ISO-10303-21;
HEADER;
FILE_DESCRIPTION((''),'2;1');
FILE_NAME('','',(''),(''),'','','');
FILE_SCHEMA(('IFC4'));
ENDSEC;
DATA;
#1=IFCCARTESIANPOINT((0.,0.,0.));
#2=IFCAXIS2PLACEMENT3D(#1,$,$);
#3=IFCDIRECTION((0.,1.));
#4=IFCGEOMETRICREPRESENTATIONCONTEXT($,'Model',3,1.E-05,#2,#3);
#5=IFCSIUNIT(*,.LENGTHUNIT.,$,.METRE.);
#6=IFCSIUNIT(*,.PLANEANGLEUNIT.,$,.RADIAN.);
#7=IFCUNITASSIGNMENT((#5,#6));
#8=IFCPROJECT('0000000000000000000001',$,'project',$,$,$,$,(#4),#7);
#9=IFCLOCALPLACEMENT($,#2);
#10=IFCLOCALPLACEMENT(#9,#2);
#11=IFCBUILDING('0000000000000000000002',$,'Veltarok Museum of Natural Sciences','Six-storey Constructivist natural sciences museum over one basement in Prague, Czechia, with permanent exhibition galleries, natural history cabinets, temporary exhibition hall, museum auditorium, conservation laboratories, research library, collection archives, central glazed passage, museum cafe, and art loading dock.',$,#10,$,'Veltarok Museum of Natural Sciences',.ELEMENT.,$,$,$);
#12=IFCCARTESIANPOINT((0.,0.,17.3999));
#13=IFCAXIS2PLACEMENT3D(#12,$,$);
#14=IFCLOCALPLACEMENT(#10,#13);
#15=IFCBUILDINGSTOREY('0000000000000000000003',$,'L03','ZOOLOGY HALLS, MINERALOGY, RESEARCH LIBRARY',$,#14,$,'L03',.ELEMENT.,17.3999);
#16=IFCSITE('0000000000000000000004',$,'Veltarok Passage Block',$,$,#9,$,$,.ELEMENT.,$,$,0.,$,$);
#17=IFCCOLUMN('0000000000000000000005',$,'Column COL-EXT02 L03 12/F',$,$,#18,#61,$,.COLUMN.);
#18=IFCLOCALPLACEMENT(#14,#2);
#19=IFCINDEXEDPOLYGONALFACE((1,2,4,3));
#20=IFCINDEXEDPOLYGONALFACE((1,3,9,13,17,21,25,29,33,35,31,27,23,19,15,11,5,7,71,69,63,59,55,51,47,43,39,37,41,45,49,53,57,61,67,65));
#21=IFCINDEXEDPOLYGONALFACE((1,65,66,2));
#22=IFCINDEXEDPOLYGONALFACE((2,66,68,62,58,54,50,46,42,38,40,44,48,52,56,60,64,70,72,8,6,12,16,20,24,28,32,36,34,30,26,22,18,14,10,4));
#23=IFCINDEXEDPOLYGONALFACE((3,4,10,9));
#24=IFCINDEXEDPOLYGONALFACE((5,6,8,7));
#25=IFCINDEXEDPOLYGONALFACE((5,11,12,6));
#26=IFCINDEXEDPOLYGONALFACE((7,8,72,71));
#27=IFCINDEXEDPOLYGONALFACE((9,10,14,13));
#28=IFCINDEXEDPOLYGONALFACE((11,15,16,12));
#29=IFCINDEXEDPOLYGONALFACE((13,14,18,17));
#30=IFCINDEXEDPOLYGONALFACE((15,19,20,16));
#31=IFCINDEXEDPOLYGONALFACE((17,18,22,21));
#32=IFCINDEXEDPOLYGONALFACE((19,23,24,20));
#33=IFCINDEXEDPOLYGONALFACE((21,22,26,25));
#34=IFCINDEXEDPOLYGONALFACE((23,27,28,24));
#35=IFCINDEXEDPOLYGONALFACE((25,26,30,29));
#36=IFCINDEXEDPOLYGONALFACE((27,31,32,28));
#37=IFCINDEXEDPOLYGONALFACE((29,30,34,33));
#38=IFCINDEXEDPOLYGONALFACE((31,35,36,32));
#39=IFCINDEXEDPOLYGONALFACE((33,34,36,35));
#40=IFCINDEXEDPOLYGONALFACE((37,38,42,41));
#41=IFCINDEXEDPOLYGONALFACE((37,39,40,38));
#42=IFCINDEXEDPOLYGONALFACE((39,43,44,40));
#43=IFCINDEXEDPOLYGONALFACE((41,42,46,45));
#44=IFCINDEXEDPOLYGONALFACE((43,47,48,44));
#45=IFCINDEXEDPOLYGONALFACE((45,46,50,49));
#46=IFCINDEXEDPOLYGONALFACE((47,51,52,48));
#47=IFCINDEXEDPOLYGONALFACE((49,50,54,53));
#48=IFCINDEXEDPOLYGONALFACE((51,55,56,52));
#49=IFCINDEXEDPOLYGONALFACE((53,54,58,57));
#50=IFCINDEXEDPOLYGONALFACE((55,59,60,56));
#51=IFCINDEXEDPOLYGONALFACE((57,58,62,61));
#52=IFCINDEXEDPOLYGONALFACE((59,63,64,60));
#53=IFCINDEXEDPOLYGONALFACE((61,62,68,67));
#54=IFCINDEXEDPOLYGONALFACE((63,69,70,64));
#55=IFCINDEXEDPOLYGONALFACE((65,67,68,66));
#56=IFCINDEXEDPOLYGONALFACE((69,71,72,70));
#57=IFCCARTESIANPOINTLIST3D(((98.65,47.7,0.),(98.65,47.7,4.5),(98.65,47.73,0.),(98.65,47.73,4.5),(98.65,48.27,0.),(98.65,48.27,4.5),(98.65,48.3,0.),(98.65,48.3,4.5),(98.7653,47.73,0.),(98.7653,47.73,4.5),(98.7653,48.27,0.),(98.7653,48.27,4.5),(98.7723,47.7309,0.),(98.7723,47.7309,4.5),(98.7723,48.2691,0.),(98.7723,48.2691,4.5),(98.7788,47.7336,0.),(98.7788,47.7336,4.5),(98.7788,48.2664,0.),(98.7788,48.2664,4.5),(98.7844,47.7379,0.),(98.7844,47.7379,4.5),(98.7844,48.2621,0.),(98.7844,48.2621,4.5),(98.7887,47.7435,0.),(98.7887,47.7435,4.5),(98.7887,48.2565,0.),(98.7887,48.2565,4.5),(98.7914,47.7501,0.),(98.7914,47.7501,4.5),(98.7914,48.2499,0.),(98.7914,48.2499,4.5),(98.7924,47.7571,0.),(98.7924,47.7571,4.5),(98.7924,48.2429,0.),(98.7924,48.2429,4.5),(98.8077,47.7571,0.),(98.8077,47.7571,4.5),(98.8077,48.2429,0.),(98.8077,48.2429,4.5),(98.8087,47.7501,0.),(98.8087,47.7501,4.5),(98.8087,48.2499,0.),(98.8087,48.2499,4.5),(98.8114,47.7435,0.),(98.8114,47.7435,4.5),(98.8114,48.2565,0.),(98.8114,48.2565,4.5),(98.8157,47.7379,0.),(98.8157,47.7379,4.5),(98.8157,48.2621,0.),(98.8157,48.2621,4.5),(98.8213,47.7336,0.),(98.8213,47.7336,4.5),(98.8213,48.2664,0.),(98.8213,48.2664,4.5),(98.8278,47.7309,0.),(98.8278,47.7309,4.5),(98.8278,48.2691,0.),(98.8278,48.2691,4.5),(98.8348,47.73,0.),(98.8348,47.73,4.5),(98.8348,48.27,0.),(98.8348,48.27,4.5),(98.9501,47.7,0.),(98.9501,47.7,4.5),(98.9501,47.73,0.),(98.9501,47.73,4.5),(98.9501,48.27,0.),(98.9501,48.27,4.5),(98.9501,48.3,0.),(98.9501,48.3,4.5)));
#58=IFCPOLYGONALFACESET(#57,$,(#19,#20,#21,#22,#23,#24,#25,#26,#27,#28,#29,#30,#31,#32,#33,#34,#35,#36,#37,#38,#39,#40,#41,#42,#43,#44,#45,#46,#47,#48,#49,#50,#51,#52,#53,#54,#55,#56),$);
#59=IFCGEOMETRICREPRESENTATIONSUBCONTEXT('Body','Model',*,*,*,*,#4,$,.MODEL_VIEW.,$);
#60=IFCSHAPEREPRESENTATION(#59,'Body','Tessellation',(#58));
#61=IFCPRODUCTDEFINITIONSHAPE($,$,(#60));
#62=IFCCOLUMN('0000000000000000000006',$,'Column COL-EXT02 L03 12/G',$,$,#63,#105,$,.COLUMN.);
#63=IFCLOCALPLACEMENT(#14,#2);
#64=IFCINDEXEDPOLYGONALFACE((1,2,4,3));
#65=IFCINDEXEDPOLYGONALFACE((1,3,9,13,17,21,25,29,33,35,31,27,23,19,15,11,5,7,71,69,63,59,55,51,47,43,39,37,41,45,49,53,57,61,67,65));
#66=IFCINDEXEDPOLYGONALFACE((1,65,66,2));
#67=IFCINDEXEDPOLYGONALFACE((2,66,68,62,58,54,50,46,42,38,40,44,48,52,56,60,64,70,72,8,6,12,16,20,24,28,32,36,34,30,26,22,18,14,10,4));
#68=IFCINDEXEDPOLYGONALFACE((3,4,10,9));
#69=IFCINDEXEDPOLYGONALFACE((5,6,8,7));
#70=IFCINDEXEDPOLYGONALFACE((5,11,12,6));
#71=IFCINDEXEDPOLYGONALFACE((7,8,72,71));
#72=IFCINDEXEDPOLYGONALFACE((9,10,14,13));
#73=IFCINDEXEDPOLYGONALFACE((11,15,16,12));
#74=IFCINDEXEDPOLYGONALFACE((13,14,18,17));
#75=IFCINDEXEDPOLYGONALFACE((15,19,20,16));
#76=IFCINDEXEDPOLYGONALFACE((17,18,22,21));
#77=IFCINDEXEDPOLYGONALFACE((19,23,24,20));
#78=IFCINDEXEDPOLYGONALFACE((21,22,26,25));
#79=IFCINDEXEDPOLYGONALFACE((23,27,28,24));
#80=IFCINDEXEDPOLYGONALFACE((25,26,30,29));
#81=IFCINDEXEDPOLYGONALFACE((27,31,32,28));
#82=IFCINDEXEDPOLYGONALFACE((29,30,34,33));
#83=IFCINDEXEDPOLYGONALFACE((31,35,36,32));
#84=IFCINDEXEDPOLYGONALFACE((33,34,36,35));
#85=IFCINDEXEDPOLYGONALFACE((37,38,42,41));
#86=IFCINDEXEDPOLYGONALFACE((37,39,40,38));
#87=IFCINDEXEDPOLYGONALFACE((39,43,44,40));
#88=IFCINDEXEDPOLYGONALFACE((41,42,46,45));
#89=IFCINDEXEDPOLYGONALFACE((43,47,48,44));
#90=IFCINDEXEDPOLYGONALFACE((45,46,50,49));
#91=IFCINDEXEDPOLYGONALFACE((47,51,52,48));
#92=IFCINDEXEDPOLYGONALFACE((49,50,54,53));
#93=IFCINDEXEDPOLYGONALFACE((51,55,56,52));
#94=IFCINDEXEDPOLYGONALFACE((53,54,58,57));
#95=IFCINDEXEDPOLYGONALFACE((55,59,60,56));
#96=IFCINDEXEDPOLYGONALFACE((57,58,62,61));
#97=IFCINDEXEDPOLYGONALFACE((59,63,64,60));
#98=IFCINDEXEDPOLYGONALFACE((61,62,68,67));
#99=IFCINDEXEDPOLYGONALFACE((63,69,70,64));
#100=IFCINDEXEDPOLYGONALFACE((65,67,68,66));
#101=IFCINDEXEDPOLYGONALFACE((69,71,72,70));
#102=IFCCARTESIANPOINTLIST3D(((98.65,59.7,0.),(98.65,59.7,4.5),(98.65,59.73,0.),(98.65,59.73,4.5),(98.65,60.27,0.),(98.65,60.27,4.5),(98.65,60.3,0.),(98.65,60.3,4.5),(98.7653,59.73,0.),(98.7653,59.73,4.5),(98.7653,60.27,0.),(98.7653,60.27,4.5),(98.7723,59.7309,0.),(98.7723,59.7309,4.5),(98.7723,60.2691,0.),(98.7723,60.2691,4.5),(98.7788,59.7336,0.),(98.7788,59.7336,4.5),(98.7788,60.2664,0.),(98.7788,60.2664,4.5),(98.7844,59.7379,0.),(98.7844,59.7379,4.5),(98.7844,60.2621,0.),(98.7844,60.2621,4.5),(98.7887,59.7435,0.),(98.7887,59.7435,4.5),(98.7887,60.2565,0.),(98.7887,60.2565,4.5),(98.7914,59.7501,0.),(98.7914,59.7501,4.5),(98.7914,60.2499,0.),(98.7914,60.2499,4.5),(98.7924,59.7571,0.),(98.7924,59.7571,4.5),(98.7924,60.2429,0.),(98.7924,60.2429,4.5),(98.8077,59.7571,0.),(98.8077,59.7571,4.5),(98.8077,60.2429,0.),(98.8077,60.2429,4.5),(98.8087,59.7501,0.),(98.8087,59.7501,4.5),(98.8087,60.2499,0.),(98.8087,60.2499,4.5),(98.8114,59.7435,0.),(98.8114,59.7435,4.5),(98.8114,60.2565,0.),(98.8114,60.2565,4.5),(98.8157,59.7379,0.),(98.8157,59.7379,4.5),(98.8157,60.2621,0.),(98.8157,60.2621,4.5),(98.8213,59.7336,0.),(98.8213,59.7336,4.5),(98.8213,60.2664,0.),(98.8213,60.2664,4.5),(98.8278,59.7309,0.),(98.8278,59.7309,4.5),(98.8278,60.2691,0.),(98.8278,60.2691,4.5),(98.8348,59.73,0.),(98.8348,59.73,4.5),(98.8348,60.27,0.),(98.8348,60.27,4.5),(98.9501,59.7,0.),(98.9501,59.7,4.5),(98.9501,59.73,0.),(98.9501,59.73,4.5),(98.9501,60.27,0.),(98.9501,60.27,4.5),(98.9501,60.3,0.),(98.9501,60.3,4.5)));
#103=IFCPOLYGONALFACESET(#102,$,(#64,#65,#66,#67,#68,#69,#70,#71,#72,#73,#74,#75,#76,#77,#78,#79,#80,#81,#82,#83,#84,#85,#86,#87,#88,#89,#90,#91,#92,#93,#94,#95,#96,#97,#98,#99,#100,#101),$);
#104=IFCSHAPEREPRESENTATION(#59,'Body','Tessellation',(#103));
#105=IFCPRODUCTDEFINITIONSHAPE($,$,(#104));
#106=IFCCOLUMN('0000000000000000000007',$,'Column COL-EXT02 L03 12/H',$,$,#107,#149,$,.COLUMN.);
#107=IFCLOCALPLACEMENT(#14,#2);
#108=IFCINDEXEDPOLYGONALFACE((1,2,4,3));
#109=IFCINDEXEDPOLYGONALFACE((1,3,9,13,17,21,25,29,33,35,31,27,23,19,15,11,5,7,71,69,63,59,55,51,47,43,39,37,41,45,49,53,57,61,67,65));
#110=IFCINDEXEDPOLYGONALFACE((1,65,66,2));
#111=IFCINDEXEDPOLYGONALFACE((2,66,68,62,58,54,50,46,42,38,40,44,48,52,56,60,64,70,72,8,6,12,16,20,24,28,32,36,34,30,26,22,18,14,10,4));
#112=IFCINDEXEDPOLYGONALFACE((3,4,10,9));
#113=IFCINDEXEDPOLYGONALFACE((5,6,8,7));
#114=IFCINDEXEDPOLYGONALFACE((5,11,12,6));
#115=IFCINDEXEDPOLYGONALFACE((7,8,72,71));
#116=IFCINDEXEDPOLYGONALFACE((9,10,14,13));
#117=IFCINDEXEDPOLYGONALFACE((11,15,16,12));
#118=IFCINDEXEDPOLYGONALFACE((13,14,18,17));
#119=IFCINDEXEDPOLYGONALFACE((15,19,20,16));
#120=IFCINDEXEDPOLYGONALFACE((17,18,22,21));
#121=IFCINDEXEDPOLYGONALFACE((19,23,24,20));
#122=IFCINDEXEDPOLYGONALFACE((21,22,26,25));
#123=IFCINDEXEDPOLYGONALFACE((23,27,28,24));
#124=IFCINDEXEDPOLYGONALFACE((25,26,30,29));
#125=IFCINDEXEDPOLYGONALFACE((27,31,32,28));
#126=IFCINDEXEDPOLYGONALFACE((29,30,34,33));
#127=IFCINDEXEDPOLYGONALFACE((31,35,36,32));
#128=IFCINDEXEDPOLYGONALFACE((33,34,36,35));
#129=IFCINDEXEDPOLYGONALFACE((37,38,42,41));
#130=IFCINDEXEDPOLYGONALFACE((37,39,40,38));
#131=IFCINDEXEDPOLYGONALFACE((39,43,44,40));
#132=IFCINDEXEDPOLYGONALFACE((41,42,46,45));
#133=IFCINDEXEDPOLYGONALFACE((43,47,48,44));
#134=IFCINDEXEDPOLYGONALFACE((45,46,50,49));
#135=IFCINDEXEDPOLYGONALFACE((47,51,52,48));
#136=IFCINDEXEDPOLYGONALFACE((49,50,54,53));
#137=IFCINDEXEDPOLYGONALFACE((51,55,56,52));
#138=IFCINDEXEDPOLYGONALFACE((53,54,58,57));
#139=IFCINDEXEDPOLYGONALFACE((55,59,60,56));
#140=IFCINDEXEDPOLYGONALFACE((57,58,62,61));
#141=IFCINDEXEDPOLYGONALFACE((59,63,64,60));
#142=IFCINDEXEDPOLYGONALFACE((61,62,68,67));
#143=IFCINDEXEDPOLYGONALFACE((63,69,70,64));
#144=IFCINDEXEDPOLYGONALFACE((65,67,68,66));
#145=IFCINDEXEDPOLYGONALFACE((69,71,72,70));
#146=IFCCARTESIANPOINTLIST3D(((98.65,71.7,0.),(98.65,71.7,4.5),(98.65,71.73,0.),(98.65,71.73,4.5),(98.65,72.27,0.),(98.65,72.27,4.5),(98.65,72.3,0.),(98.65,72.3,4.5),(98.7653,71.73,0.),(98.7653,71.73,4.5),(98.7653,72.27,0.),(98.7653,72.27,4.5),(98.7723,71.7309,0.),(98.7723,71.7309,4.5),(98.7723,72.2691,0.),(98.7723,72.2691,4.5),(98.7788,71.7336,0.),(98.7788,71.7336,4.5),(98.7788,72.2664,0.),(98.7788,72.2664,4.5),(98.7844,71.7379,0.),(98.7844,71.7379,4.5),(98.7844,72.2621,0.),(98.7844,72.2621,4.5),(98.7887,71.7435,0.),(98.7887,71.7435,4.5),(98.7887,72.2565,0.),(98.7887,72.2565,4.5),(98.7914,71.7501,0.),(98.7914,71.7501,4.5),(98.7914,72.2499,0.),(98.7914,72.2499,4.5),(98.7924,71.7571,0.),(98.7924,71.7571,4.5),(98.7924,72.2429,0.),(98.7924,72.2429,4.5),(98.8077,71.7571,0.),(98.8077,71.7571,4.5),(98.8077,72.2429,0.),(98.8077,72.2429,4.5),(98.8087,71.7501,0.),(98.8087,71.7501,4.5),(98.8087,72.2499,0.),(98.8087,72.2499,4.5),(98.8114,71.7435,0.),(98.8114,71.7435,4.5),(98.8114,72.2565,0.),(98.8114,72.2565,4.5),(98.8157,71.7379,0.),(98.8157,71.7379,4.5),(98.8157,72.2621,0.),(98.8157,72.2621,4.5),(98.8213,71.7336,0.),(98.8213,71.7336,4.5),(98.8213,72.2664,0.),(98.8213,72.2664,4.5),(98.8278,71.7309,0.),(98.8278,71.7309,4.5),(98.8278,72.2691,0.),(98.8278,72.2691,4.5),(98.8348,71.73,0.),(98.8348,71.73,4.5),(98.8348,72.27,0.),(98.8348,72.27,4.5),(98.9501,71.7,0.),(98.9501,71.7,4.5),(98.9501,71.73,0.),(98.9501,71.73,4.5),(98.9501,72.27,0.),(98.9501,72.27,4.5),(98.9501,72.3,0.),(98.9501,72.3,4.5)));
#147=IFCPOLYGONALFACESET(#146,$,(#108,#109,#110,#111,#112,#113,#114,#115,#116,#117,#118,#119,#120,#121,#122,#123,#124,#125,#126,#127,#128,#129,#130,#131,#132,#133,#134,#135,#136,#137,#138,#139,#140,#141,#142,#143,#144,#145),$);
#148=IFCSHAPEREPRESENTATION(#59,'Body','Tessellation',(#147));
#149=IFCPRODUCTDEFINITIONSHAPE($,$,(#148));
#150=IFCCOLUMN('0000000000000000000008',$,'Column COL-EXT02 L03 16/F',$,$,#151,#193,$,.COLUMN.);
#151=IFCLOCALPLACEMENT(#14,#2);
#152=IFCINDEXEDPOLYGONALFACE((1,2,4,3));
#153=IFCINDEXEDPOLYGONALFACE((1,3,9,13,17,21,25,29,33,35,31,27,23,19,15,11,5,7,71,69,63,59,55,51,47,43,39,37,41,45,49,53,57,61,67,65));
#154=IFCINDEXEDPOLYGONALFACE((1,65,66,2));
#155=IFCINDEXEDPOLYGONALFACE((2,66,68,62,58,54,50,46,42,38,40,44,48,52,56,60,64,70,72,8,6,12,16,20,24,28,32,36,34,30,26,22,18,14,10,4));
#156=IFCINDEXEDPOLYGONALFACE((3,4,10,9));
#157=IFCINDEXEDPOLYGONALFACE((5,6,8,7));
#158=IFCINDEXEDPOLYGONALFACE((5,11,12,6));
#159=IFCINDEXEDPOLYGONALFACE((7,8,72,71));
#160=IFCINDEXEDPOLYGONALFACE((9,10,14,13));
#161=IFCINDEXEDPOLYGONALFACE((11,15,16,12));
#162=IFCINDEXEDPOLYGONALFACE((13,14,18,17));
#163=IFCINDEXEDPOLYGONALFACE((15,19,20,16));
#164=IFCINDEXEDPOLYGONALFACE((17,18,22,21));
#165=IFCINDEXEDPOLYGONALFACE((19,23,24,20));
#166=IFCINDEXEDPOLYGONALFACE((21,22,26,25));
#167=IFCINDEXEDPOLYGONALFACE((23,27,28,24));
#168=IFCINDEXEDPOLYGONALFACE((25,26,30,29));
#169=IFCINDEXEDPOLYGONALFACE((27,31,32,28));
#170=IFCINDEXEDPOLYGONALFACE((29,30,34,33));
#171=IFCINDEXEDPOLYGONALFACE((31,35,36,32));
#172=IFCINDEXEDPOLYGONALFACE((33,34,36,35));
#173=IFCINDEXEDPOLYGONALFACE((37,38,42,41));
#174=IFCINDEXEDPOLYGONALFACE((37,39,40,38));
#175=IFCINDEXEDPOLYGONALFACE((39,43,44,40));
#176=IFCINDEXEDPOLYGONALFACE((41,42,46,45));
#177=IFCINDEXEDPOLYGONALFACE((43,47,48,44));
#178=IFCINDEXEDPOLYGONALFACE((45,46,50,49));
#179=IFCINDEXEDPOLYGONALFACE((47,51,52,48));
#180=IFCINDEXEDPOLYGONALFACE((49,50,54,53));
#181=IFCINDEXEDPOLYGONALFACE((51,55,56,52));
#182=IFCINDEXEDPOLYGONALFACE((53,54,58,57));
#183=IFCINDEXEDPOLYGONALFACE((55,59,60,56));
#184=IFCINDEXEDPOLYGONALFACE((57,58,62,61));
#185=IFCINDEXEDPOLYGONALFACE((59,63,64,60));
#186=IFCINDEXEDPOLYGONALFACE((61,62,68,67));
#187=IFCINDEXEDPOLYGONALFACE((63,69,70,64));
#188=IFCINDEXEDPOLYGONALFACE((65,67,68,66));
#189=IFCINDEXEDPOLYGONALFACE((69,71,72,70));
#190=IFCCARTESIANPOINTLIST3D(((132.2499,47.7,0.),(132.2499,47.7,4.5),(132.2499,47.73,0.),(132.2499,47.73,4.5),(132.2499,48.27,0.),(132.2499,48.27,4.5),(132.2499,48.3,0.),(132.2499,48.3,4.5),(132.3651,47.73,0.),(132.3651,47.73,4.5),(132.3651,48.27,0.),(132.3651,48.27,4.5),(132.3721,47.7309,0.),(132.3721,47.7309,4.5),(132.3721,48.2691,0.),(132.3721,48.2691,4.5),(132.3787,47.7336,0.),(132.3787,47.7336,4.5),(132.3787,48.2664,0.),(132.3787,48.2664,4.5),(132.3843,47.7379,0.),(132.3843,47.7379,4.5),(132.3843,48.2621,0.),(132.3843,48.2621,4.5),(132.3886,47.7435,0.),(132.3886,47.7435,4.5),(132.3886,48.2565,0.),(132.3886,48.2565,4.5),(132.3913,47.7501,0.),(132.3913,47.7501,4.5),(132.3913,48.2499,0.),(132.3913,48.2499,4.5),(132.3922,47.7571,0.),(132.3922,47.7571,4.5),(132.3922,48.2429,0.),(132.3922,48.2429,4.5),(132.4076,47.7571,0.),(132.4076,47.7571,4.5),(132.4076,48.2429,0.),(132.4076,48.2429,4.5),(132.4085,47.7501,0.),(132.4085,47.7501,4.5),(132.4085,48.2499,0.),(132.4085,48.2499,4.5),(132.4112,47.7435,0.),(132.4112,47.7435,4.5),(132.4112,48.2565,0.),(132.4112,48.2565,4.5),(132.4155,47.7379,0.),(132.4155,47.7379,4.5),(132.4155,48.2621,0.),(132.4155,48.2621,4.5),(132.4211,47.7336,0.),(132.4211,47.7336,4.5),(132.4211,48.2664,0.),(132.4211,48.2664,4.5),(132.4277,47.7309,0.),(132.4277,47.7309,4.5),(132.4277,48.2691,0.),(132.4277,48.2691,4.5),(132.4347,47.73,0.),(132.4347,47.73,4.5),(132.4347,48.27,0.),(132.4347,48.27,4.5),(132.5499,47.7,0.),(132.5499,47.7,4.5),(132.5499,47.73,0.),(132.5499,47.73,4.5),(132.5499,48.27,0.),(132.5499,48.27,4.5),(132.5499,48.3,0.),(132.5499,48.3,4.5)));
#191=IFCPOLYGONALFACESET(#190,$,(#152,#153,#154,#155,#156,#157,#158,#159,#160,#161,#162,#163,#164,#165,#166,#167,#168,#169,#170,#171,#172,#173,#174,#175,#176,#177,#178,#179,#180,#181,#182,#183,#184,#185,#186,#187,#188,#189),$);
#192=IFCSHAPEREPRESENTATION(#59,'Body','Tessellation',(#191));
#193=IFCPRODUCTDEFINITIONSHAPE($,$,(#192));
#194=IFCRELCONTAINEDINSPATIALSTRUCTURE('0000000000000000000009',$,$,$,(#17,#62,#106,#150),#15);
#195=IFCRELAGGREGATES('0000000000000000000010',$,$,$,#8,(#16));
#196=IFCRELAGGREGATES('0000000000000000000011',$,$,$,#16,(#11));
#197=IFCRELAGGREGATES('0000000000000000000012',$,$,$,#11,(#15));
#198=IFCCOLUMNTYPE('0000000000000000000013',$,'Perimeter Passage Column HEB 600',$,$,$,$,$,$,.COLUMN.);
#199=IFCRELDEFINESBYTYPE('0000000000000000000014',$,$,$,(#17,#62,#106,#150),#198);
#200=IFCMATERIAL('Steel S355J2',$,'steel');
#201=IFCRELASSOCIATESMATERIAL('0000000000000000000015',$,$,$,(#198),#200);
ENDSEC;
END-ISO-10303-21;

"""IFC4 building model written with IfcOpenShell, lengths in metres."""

from ifc_helpers import new_model, si_unit, direction, frame, origin, origin_2d, place, context, subcontext, project, spatial, i_section, extrude, material, material_profile, profile_set, type_object, element, save


model = new_model("IFC4")

# Units and contexts
model_context = context("Model", 3, precision=1e-05, world=origin(), true_north=direction((0.0, 1.0)))
body_context = subcontext(model_context, "Body", "Model", "MODEL_VIEW")
ifc_project = project(units=[si_unit("LENGTHUNIT", "METRE"), si_unit("PLANEANGLEUNIT", "RADIAN")], contexts=[model_context])

# Site, building, storey
site_placement = place(None, origin())
site = spatial("IfcSite", under=ifc_project, at=site_placement, Name="Veltarok Passage Block", CompositionType="ELEMENT", RefElevation=0.0)
building_placement = place(site_placement, origin())
building = spatial("IfcBuilding", under=site, at=building_placement, Name="Veltarok Museum of Natural Sciences", Description="Six-storey Constructivist natural sciences museum over one basement in Prague, Czechia, with permanent exhibition galleries, natural history cabinets, temporary exhibition hall, museum auditorium, conservation laboratories, research library, collection archives, central glazed passage, museum cafe, and art loading dock.", LongName="Veltarok Museum of Natural Sciences", CompositionType="ELEMENT")
storey_placement = place(building_placement, frame((0.0, 0.0, 17.3999)))
storey = spatial("IfcBuildingStorey", under=building, at=storey_placement, Name="L03", Description="ZOOLOGY HALLS, MINERALOGY, RESEARCH LIBRARY", LongName="L03", CompositionType="ELEMENT", Elevation=17.3999)

# Columns
ifc_material_1 = material(Name="Steel S355J2", Category="steel")
ifc_material_profile_1 = material_profile(ifc_material_1, i_section(OverallWidth=0.3, OverallDepth=0.6001, WebThickness=0.0154, FlangeThickness=0.03, FilletRadius=0.0271, at=origin_2d()), Name="HEB 600")
ifc_profile_set_1 = profile_set([ifc_material_profile_1], Name="Steel S355J2")
column_type = type_object("IfcColumnType", Name="Perimeter Passage Column HEB 600", PredefinedType="COLUMN", material=ifc_profile_set_1)
for number, where, z_axis, x_axis, name in (
    (1, (98.8, 48.0, 0.0), (0.0, 0.0, 1.0), (1.0, 0.0, 0.0), "Column COL-EXT02 L03 12/F"),
    (2, (98.8, 60.0, 0.0), (0.0, 0.0, 1.0), (1.0, 0.0, 0.0), "Column COL-EXT02 L03 12/G"),
    (3, (98.8, 72.0, 0.0), (0.0, 0.0, 1.0), (1.0, 0.0, 0.0), "Column COL-EXT02 L03 12/H"),
    (4, (132.3999, 48.0, 0.0), (0.0, 0.0, 1.0), (1.0, 0.0, 0.0), "Column COL-EXT02 L03 16/F"),
):
    element("IfcColumn", number, at=place(storey_placement, frame(where, z_axis=z_axis, x_axis=x_axis)), inside=storey, type_object=column_type, Name=name, PredefinedType="COLUMN", context=body_context, shape_type="SweptSolid", body=[
        extrude(i_section(OverallWidth=0.3, OverallDepth=0.6001, WebThickness=0.0154, FlangeThickness=0.03, FilletRadius=0.0271, at=origin_2d()), origin(), (0.0, 0.0, 1.0), 4.5),
    ])

save(model, "model.ifc")
